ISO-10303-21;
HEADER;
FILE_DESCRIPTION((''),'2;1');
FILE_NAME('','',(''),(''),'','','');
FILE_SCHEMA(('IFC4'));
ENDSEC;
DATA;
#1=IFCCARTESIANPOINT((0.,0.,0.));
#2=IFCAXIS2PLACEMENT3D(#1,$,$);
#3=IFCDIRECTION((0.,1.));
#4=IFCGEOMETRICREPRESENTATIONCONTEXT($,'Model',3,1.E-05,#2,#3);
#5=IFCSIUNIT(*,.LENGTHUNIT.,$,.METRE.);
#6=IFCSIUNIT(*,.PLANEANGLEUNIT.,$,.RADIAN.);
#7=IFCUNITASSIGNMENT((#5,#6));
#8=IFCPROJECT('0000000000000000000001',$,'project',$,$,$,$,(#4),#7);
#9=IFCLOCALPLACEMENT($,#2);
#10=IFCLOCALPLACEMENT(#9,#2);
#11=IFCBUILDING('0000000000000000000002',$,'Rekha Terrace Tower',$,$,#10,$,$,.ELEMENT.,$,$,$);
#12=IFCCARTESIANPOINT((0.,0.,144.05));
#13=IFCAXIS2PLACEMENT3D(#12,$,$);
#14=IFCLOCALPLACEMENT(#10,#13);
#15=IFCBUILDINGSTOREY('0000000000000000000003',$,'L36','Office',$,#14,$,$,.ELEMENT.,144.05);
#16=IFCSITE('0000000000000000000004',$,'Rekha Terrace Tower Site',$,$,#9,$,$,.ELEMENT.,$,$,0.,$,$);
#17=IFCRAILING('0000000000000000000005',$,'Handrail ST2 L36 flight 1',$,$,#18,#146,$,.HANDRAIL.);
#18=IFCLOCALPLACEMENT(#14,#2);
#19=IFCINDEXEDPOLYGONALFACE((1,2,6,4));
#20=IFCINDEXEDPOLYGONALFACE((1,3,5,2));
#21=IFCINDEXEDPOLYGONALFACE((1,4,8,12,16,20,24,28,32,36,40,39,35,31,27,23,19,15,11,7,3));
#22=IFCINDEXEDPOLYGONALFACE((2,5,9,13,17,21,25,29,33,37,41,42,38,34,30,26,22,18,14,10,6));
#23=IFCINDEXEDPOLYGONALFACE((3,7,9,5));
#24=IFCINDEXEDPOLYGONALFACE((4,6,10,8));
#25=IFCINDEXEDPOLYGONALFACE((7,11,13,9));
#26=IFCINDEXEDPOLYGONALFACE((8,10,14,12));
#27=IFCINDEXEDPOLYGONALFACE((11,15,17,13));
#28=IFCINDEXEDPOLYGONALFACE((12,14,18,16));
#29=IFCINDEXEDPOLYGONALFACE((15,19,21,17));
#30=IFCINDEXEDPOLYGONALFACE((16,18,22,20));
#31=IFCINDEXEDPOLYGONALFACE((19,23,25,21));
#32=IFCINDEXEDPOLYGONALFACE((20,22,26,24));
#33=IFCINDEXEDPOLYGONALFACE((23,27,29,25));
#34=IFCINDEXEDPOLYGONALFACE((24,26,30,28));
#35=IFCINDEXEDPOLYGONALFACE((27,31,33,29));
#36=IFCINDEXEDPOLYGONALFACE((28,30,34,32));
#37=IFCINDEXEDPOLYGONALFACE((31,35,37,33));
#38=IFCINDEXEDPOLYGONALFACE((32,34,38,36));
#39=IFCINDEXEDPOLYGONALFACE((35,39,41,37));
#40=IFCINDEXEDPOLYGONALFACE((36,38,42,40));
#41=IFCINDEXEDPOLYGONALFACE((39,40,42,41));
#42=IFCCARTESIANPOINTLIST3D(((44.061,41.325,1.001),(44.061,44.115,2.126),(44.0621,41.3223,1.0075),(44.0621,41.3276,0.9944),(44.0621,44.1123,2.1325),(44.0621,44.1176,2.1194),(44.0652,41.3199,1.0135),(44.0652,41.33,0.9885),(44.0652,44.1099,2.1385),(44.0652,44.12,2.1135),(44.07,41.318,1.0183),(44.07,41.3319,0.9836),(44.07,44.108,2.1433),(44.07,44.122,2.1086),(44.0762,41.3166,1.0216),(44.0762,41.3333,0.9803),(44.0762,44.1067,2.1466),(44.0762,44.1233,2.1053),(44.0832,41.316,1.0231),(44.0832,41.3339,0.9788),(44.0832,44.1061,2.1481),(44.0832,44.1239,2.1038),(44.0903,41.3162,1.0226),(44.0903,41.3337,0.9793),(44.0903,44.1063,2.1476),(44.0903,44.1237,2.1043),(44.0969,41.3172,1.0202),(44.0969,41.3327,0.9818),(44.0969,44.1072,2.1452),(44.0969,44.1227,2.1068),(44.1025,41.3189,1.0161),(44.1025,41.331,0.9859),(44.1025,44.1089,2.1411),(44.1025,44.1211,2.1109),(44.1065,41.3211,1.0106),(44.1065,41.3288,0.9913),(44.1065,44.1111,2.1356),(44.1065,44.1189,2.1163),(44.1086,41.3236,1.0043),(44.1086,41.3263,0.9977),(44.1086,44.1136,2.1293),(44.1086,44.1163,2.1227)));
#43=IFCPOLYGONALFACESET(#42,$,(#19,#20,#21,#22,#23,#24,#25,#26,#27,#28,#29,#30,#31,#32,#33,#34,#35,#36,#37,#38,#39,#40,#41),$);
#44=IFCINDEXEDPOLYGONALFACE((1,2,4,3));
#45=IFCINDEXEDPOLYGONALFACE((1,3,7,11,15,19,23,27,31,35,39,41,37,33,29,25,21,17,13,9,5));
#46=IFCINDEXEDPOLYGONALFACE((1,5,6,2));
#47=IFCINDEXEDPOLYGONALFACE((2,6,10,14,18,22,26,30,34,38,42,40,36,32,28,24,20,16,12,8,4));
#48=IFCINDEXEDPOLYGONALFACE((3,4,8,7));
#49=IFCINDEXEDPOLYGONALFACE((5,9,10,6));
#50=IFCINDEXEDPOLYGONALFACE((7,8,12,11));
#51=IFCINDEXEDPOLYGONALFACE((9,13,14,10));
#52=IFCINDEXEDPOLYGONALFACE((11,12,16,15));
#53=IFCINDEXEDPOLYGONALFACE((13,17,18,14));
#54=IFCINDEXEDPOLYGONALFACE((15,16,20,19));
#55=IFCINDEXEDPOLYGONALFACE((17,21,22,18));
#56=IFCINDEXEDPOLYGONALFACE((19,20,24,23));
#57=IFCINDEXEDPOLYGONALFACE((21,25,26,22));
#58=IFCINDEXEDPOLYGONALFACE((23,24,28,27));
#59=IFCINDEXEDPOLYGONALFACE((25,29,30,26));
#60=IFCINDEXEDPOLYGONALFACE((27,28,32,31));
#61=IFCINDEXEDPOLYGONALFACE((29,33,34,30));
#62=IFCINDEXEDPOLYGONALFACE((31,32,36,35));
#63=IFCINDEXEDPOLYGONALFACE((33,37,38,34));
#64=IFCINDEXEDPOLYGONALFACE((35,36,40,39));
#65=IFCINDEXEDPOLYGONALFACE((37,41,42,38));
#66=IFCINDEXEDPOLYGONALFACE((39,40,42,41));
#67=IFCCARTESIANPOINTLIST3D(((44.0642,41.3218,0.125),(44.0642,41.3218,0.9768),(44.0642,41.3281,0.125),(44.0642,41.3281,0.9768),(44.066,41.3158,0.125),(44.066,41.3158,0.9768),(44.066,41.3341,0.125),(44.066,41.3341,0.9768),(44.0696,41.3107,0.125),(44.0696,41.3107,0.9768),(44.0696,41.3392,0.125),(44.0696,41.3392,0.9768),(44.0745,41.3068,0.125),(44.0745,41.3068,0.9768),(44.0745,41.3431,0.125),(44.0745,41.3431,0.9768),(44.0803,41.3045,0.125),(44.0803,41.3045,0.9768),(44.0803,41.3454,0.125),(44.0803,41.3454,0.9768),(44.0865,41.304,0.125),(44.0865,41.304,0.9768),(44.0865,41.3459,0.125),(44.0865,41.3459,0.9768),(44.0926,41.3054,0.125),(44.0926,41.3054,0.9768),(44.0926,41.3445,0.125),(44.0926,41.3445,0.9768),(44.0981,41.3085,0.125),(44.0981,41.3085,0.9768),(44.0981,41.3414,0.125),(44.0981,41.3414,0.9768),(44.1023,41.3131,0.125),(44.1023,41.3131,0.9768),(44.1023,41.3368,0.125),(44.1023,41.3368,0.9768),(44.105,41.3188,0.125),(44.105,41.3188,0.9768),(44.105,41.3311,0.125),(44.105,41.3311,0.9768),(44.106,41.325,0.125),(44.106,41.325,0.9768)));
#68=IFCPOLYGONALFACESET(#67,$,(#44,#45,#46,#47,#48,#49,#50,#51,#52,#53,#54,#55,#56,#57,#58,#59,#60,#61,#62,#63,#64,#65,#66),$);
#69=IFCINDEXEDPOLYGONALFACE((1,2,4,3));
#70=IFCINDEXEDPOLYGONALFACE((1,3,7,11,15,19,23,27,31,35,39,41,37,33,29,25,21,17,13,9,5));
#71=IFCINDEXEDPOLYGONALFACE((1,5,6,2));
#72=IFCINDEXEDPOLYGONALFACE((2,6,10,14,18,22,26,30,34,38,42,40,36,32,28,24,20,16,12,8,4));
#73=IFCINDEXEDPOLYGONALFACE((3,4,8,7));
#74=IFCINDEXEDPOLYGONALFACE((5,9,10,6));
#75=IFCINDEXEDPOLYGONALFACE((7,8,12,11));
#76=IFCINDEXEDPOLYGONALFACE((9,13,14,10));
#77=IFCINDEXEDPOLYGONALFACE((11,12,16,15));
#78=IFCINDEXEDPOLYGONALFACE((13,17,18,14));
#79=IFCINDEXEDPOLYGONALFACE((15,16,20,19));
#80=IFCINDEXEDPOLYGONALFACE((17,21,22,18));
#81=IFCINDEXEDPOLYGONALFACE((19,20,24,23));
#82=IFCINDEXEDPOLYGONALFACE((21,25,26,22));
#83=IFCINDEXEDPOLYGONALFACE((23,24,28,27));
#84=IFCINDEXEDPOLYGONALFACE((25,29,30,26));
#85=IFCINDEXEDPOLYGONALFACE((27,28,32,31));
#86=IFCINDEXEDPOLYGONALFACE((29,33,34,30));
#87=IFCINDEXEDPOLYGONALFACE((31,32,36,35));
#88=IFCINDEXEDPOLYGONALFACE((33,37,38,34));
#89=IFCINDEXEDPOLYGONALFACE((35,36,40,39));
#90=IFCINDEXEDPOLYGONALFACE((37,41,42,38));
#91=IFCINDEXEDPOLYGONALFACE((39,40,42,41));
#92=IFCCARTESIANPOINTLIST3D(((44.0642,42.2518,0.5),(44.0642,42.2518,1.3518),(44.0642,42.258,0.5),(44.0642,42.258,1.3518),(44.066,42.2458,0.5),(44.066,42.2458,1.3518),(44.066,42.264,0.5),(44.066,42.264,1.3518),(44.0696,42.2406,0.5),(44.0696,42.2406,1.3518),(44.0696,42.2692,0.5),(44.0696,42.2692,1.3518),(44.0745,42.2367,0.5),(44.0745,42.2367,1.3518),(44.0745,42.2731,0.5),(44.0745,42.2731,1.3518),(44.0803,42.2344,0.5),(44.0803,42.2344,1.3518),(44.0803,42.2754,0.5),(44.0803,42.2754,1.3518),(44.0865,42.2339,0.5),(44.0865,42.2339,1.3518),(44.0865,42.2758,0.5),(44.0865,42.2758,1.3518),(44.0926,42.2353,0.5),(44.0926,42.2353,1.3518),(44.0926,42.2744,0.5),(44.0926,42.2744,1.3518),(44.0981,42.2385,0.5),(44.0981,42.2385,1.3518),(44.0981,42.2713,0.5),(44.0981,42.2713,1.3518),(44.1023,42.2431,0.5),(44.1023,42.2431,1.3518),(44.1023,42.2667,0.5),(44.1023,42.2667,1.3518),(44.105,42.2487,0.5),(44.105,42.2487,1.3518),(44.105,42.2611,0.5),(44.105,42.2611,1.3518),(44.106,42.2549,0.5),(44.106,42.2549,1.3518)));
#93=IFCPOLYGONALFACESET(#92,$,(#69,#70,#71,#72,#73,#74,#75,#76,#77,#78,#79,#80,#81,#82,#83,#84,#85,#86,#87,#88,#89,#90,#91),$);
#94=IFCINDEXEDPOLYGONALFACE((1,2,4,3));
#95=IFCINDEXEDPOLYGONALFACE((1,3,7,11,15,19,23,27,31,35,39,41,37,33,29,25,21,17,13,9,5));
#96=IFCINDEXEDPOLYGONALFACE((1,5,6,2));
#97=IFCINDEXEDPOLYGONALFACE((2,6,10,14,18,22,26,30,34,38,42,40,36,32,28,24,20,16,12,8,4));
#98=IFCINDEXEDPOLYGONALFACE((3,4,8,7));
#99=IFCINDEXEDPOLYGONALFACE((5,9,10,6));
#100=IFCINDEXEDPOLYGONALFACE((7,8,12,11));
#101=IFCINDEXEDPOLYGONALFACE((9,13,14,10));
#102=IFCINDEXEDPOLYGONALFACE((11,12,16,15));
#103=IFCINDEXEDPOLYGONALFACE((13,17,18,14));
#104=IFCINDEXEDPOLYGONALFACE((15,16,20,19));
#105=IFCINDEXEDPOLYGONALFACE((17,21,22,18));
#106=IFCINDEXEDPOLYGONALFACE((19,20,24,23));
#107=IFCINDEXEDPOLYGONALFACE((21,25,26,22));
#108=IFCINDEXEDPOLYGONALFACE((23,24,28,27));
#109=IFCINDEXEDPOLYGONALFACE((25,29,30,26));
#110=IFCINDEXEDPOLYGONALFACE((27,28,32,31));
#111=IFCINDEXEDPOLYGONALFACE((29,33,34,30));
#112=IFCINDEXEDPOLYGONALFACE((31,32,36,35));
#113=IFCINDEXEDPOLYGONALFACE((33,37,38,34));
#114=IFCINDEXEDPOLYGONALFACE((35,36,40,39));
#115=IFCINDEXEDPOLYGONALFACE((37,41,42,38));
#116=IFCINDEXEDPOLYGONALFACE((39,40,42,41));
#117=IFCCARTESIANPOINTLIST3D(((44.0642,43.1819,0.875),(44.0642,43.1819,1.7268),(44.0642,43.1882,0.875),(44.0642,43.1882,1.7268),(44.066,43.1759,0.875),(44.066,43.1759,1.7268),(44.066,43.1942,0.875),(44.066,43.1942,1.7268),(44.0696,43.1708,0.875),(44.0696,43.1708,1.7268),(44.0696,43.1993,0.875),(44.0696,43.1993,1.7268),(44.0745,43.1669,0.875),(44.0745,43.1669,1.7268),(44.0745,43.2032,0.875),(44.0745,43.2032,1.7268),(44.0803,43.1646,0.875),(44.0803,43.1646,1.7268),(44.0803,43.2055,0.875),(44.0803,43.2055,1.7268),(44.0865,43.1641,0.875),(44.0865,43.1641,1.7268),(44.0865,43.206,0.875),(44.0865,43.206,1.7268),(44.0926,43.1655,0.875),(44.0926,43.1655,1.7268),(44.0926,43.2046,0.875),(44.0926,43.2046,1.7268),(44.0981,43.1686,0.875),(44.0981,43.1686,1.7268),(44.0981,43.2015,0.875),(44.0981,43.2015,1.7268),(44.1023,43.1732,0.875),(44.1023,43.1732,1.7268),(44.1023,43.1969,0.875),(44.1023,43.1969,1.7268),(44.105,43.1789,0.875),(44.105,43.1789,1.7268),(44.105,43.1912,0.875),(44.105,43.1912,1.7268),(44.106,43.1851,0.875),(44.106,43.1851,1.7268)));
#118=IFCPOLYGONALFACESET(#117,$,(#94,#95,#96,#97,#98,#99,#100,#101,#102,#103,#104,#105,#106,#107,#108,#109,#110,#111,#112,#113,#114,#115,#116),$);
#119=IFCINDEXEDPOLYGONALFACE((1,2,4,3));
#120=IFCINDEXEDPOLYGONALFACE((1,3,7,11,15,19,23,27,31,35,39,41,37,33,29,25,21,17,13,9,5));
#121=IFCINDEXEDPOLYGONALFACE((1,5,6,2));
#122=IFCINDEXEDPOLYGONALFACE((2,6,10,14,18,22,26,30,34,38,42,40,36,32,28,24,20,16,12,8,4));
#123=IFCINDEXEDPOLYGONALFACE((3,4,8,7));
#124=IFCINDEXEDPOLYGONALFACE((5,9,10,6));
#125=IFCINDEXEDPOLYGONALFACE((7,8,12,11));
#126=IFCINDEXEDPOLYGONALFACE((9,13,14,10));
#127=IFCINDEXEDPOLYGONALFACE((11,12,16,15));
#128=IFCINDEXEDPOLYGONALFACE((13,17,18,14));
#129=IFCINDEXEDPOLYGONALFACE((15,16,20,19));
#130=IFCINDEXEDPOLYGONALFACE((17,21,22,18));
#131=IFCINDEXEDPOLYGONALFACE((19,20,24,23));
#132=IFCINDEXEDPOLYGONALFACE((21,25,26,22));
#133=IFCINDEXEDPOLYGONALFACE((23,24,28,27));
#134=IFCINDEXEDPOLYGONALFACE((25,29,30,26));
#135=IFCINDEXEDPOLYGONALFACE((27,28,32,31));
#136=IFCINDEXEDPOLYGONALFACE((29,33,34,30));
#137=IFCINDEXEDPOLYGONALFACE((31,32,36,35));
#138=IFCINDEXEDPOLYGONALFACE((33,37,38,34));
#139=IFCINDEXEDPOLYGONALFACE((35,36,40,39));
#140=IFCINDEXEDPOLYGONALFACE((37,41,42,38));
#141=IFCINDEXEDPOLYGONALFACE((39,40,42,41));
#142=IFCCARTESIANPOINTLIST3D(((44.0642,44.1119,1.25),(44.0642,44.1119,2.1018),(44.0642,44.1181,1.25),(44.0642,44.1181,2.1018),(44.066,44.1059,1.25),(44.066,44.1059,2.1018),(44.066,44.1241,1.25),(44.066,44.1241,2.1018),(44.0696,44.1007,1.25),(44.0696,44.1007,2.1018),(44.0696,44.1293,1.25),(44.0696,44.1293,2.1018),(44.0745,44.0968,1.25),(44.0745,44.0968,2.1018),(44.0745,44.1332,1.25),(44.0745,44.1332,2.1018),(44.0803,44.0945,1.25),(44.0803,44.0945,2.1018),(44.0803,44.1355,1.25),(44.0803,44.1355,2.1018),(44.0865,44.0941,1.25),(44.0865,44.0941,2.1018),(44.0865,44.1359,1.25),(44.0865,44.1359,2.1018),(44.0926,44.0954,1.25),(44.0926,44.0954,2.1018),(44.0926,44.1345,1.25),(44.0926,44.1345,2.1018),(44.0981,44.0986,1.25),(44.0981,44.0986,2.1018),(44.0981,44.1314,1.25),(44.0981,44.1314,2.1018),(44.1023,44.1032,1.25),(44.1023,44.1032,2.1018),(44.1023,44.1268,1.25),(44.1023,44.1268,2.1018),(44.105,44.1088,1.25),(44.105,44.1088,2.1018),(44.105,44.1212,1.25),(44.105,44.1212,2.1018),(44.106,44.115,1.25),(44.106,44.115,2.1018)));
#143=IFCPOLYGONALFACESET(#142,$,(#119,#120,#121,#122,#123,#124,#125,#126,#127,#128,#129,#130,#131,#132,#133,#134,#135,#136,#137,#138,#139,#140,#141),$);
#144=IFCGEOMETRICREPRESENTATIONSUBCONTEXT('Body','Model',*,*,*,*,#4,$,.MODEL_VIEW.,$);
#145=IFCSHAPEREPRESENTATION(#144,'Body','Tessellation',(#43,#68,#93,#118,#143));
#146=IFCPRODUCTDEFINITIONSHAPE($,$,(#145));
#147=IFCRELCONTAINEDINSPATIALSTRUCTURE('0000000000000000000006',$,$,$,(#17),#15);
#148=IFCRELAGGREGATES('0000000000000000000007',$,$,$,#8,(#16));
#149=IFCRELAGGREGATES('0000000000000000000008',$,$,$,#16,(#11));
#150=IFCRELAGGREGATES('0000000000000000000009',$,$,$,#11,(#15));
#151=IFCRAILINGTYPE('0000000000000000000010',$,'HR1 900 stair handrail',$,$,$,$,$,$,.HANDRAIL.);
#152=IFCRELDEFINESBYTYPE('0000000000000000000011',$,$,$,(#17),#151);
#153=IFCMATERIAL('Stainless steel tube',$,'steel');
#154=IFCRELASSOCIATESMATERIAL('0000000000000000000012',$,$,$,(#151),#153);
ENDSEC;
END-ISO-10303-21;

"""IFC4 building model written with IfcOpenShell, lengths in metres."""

from ifc_helpers import new_model, si_unit, direction, frame, origin, origin_2d, place, context, subcontext, project, spatial, circle, extrude, material, type_object, element, save


model = new_model("IFC4")

# Units and contexts
model_context = context("Model", 3, precision=1e-05, world=origin(), true_north=direction((0.0, 1.0)))
body_context = subcontext(model_context, "Body", "Model", "MODEL_VIEW")
ifc_project = project(units=[si_unit("LENGTHUNIT", "METRE"), si_unit("PLANEANGLEUNIT", "RADIAN")], contexts=[model_context])

# Site, building, storey
site_placement = place(None, origin())
site = spatial("IfcSite", under=ifc_project, at=site_placement, Name="Rekha Terrace Tower Site", CompositionType="ELEMENT", RefElevation=0.0)
building_placement = place(site_placement, origin())
building = spatial("IfcBuilding", under=site, at=building_placement, Name="Rekha Terrace Tower", CompositionType="ELEMENT")
storey_placement = place(building_placement, frame((0.0, 0.0, 144.05)))
storey = spatial("IfcBuildingStorey", under=building, at=storey_placement, Name="L36", Description="Office", CompositionType="ELEMENT", Elevation=144.05)

# Railing
ifc_material_1 = material(Name="Stainless steel tube", Category="steel")
railing_type_1 = type_object("IfcRailingType", Name="HR1 900 stair handrail", PredefinedType="HANDRAIL", material=ifc_material_1)
railing_1_placement = place(storey_placement, frame((44.085, 41.325, 0.125)))
element("IfcRailing", 1, at=railing_1_placement, inside=storey, type_object=railing_type_1, Name="Handrail ST2 L36 flight 1", PredefinedType="HANDRAIL", context=body_context, shape_type="SweptSolid", body=[
    extrude(circle(Radius=0.0239, at=origin_2d()), frame((0.0, 0.0, 0.876), z_axis=(0.0, 0.927443, 0.373964), x_axis=(-1.0, 0.0, 0.0)), (0.0, 0.0, 1.0), 3.0083),
    extrude(circle(Radius=0.021, at=origin_2d()), origin(), (0.0, 0.0, 1.0), 0.8518),
    extrude(circle(Radius=0.021, at=origin_2d()), frame((0.0, 0.9299, 0.375)), (0.0, 0.0, 1.0), 0.8518),
    extrude(circle(Radius=0.021, at=origin_2d()), frame((0.0, 1.8601, 0.75)), (0.0, 0.0, 1.0), 0.8518),
    extrude(circle(Radius=0.021, at=origin_2d()), frame((0.0, 2.79, 1.125)), (0.0, 0.0, 1.0), 0.8518),
])

save(model, "model.ifc")
